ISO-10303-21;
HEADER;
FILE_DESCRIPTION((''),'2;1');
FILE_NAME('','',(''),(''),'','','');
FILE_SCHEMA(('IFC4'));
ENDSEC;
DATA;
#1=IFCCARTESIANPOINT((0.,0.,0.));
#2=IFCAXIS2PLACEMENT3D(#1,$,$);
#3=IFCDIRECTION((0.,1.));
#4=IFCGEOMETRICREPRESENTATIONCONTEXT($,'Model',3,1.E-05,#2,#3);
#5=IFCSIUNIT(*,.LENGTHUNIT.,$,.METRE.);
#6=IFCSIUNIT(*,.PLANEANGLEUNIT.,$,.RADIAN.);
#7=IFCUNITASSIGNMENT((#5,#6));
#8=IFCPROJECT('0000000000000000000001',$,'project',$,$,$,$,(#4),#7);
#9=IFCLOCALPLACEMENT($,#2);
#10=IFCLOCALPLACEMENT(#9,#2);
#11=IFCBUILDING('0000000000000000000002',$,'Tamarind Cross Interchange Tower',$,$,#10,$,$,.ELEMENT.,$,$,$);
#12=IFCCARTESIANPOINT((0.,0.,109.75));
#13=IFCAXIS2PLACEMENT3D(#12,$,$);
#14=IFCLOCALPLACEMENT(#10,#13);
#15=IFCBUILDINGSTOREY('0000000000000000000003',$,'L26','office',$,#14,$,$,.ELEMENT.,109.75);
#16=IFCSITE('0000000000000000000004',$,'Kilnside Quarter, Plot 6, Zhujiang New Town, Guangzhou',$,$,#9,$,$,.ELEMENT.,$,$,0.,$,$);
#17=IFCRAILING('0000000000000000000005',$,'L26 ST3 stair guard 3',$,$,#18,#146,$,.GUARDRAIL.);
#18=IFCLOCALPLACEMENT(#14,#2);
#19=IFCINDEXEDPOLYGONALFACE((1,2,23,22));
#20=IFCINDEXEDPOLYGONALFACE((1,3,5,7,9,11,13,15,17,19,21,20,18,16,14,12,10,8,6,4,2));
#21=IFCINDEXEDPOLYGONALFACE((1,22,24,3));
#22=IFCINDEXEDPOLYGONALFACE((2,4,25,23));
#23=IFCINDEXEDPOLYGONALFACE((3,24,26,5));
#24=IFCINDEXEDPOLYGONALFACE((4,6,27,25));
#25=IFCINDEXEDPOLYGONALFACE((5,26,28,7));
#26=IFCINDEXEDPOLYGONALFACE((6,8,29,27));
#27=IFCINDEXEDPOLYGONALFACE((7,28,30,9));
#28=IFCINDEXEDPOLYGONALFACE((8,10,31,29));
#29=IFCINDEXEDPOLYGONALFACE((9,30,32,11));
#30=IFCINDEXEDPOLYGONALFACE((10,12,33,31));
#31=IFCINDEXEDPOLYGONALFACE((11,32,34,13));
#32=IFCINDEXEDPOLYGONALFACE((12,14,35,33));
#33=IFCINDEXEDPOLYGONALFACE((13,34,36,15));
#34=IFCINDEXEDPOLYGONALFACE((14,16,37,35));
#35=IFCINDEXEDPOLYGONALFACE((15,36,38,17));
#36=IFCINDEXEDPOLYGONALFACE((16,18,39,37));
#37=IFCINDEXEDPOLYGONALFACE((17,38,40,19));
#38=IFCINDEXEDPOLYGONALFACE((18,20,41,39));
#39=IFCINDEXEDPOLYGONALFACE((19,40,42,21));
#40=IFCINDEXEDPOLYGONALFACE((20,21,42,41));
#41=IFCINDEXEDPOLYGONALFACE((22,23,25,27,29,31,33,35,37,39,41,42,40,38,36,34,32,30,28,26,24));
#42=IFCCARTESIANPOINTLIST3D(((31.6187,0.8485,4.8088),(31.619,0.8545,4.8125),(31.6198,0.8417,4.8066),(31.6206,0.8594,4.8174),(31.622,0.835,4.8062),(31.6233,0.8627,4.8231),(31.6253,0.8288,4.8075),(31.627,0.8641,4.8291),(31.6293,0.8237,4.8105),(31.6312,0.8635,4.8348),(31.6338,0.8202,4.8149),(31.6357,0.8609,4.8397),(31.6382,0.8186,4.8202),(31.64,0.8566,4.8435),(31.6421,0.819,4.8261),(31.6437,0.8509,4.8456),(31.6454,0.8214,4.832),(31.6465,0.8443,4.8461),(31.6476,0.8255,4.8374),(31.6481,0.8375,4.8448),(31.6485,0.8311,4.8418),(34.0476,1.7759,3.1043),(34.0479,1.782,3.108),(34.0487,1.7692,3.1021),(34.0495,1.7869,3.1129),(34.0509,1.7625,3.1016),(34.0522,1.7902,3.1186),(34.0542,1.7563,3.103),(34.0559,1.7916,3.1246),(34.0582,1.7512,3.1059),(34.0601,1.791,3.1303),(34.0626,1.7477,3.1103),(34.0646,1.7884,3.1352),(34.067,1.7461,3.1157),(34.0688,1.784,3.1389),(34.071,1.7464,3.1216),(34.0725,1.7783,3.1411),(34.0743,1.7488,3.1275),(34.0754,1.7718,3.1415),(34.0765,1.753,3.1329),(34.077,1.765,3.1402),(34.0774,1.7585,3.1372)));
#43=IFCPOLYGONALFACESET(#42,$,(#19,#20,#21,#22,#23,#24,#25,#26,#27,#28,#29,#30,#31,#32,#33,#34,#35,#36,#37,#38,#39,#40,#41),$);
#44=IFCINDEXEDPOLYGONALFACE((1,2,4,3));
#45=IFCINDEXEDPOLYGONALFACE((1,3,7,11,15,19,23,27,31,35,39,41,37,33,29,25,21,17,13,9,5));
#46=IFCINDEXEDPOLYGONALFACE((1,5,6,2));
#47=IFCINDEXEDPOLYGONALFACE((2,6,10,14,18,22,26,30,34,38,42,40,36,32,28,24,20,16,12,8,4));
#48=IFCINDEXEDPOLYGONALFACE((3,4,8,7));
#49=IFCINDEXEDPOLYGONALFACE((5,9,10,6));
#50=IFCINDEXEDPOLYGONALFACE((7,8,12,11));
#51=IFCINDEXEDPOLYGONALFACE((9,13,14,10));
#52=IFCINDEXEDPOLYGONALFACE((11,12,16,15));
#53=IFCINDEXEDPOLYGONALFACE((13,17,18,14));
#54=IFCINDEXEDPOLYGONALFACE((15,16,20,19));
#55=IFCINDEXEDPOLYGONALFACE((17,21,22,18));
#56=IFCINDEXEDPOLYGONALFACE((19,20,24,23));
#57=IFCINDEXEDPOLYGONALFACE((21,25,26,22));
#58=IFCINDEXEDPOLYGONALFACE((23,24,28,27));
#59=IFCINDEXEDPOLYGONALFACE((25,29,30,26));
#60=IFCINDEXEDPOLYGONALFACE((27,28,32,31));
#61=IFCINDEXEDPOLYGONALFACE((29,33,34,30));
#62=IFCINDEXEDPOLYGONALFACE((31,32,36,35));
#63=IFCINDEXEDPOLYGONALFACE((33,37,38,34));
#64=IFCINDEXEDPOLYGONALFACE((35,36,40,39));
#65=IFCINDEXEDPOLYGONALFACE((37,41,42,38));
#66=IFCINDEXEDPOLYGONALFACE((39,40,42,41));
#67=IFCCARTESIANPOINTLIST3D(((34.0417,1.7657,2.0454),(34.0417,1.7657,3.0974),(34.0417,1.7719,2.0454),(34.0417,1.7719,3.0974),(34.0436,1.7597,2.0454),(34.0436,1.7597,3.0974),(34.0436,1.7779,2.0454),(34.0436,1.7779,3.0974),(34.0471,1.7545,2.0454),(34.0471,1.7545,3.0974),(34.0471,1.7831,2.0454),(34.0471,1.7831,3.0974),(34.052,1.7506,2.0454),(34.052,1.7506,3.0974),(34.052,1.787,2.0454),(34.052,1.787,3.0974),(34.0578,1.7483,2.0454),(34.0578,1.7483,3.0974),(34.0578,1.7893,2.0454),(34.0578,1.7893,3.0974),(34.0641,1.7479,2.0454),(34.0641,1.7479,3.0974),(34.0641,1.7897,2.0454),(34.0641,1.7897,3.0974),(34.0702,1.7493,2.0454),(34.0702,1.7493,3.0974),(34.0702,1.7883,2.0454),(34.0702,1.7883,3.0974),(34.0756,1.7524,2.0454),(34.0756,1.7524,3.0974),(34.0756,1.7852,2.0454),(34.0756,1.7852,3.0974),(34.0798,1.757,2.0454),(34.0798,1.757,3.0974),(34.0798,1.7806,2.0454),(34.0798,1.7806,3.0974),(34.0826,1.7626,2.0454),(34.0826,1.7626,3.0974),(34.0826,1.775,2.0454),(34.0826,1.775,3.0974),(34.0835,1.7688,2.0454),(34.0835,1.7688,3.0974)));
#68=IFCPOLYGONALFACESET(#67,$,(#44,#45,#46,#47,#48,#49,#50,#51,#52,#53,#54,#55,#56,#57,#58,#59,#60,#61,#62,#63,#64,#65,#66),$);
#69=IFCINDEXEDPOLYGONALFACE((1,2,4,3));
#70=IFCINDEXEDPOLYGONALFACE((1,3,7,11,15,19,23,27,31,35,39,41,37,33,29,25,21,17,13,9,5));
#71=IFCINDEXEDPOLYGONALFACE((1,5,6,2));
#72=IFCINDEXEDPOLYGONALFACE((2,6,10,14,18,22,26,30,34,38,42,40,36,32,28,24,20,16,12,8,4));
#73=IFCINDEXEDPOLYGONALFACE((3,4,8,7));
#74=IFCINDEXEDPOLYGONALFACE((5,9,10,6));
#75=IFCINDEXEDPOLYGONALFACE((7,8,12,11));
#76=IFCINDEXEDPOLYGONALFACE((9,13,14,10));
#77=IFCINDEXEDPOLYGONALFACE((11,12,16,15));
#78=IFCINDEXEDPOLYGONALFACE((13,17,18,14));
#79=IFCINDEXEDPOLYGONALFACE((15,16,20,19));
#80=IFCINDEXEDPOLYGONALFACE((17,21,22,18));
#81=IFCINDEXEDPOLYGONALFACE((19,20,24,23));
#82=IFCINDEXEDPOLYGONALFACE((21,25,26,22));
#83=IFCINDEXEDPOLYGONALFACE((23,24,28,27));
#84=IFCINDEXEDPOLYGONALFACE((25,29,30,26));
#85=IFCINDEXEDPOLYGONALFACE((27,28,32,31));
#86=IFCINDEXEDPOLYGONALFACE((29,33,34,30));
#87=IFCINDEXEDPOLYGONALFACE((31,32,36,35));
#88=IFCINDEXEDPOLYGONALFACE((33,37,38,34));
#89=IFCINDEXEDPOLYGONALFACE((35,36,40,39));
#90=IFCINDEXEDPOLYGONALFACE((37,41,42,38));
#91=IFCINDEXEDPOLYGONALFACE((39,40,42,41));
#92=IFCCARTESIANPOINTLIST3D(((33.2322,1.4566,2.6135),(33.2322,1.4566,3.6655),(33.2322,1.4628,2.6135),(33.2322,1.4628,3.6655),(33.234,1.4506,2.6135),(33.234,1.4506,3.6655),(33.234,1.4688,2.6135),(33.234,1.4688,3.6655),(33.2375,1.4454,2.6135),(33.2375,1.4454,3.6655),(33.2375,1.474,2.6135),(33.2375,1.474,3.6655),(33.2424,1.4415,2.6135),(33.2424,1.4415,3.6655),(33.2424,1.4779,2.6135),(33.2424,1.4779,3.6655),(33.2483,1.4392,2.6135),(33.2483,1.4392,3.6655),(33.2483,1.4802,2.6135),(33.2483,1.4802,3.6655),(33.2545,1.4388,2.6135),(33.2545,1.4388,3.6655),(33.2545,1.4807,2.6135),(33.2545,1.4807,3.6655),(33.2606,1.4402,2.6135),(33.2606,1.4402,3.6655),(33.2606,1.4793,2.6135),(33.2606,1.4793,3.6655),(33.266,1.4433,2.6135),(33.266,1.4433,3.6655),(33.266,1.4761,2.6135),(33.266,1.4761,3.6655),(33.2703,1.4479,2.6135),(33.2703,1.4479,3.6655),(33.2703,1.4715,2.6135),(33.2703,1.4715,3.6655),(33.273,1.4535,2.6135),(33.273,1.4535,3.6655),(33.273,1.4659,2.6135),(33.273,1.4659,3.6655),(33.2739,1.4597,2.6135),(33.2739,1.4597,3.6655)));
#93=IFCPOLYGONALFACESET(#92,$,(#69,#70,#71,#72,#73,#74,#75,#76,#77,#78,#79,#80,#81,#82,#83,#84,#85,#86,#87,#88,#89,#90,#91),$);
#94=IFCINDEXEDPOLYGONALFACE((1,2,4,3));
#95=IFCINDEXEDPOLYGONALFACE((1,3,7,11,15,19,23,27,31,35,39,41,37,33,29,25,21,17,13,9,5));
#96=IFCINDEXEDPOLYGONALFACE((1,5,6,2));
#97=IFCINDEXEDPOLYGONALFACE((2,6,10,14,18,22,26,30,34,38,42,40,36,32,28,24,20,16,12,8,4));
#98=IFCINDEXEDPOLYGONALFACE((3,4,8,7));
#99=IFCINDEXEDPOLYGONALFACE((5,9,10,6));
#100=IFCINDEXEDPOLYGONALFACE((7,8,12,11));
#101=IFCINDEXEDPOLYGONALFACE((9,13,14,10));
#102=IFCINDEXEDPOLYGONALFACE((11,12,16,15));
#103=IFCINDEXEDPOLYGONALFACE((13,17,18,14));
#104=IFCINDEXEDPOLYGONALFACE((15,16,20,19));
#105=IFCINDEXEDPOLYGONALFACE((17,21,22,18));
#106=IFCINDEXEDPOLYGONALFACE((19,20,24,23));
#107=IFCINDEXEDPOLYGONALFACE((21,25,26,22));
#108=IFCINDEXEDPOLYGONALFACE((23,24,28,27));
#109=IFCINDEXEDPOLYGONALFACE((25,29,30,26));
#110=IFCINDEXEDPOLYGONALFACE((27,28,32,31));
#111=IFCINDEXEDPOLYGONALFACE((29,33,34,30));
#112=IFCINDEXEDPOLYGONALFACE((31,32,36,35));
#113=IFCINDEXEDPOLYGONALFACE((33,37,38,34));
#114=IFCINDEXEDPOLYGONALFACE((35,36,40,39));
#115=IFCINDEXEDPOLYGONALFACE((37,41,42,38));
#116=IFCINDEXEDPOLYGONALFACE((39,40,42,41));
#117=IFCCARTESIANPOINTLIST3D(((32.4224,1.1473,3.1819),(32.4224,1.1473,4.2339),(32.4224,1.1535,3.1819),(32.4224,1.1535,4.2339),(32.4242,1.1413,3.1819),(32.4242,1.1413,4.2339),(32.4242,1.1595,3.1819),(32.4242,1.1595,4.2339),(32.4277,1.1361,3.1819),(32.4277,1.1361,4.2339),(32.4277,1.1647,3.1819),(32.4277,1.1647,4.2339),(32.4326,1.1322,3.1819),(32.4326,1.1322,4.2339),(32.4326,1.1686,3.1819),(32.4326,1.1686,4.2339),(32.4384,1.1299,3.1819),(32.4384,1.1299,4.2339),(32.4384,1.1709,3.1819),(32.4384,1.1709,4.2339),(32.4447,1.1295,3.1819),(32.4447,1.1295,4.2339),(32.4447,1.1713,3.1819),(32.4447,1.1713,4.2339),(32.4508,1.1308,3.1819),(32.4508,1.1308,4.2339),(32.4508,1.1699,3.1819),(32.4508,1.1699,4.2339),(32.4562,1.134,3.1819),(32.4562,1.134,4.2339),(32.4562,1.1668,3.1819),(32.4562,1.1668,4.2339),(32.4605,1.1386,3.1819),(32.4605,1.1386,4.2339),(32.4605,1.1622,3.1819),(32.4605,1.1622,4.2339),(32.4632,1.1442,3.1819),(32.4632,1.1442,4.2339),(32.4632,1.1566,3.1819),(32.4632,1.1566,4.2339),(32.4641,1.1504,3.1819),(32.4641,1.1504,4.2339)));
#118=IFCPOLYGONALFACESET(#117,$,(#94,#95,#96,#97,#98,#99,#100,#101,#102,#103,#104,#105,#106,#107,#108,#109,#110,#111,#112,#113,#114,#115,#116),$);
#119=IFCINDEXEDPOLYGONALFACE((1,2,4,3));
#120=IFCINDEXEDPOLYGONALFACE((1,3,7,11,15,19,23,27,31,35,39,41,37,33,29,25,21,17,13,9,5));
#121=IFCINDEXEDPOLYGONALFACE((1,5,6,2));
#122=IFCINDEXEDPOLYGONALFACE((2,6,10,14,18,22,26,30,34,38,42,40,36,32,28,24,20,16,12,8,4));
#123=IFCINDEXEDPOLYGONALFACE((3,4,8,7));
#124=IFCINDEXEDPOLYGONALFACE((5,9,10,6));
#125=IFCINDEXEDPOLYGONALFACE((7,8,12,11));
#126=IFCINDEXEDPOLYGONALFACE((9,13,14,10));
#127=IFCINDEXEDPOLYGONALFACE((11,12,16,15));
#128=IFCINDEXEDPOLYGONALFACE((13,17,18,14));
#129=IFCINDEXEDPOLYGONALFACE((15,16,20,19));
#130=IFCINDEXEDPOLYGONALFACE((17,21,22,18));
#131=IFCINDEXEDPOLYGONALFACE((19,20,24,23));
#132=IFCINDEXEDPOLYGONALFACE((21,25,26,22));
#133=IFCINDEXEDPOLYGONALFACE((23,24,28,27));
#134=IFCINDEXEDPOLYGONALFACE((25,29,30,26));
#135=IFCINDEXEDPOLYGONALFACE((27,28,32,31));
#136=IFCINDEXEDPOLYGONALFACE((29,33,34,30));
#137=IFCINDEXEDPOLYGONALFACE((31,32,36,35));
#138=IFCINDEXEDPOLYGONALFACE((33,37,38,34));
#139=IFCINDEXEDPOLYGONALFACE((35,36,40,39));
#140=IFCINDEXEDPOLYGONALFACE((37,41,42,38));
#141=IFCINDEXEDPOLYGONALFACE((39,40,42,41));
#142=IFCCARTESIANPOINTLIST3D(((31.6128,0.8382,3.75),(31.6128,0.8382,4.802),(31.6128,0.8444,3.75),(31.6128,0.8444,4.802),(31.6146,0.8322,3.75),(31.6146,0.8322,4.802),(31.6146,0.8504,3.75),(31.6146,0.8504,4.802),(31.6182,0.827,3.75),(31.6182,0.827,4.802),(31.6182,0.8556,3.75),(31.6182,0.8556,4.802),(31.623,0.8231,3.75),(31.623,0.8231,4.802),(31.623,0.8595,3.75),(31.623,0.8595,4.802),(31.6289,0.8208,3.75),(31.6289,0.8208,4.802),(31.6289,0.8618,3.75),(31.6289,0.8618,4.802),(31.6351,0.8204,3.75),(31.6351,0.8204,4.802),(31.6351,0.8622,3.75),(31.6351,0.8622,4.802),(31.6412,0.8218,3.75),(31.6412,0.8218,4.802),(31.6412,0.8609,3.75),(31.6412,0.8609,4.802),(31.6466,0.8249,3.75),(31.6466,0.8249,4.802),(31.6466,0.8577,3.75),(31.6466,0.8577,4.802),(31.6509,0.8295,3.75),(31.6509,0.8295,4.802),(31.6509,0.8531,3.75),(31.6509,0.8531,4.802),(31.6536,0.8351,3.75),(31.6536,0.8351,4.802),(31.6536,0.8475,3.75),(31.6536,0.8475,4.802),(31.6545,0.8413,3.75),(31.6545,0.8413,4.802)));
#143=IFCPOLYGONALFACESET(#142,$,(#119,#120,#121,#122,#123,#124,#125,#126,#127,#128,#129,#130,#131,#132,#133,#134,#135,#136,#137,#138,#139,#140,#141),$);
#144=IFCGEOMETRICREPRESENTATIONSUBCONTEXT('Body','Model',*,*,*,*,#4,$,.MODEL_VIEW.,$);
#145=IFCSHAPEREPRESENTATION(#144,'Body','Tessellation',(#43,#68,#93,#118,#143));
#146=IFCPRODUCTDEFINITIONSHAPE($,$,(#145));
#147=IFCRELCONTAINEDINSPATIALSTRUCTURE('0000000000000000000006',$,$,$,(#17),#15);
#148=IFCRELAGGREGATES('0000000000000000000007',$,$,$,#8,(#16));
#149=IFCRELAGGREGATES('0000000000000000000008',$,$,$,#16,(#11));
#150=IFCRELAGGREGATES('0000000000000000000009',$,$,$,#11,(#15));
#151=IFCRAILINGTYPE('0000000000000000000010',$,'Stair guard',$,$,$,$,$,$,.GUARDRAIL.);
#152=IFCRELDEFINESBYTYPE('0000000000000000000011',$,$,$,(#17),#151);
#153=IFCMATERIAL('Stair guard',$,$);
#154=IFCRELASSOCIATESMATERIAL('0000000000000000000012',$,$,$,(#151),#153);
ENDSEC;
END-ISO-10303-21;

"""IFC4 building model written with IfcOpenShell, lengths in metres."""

from ifc_helpers import new_model, si_unit, direction, frame, origin, origin_2d, place, context, subcontext, project, spatial, circle, extrude, material, type_object, element, save


model = new_model("IFC4")

# Units and contexts
model_context = context("Model", 3, precision=1e-05, world=origin(), true_north=direction((0.0, 1.0)))
body_context = subcontext(model_context, "Body", "Model", "MODEL_VIEW")
ifc_project = project(units=[si_unit("LENGTHUNIT", "METRE"), si_unit("PLANEANGLEUNIT", "RADIAN")], contexts=[model_context])

# Site, building, storey
site_placement = place(None, origin())
site = spatial("IfcSite", under=ifc_project, at=site_placement, Name="Kilnside Quarter, Plot 6, Zhujiang New Town, Guangzhou", CompositionType="ELEMENT", RefElevation=0.0)
building_placement = place(site_placement, origin())
building = spatial("IfcBuilding", under=site, at=building_placement, Name="Tamarind Cross Interchange Tower", CompositionType="ELEMENT")
storey_placement = place(building_placement, frame((0.0, 0.0, 109.75)))
storey = spatial("IfcBuildingStorey", under=building, at=storey_placement, Name="L26", Description="office", CompositionType="ELEMENT", Elevation=109.75)

# Railing
ifc_material_1 = material(Name="Stair guard")
railing_type_1 = type_object("IfcRailingType", Name="Stair guard", PredefinedType="GUARDRAIL", material=ifc_material_1)
railing_1_placement = place(storey_placement, frame((34.0625, 1.7688, 2.0454)))
element("IfcRailing", 1, at=railing_1_placement, inside=storey, type_object=railing_type_1, Name="L26 ST3 stair guard 3", PredefinedType="GUARDRAIL", context=body_context, shape_type="SweptSolid", body=[
    extrude(circle(Radius=0.0239, at=origin_2d()), frame((0.0, 0.0, 1.0762), z_axis=(-0.781274, -0.298327, 0.548281), x_axis=(0.356725, -0.934209, 0.0)), (0.0, 0.0, 1.0), 3.1089),
    extrude(circle(Radius=0.021, at=origin_2d()), origin(), (0.0, 0.0, 1.0), 1.052),
    extrude(circle(Radius=0.021, at=origin_2d()), frame((-0.8096, -0.3091, 0.5681)), (0.0, 0.0, 1.0), 1.052),
    extrude(circle(Radius=0.021, at=origin_2d()), frame((-1.6194, -0.6184, 1.1365)), (0.0, 0.0, 1.0), 1.052),
    extrude(circle(Radius=0.021, at=origin_2d()), frame((-2.429, -0.9275, 1.7046)), (0.0, 0.0, 1.0), 1.052),
])

save(model, "model.ifc")
